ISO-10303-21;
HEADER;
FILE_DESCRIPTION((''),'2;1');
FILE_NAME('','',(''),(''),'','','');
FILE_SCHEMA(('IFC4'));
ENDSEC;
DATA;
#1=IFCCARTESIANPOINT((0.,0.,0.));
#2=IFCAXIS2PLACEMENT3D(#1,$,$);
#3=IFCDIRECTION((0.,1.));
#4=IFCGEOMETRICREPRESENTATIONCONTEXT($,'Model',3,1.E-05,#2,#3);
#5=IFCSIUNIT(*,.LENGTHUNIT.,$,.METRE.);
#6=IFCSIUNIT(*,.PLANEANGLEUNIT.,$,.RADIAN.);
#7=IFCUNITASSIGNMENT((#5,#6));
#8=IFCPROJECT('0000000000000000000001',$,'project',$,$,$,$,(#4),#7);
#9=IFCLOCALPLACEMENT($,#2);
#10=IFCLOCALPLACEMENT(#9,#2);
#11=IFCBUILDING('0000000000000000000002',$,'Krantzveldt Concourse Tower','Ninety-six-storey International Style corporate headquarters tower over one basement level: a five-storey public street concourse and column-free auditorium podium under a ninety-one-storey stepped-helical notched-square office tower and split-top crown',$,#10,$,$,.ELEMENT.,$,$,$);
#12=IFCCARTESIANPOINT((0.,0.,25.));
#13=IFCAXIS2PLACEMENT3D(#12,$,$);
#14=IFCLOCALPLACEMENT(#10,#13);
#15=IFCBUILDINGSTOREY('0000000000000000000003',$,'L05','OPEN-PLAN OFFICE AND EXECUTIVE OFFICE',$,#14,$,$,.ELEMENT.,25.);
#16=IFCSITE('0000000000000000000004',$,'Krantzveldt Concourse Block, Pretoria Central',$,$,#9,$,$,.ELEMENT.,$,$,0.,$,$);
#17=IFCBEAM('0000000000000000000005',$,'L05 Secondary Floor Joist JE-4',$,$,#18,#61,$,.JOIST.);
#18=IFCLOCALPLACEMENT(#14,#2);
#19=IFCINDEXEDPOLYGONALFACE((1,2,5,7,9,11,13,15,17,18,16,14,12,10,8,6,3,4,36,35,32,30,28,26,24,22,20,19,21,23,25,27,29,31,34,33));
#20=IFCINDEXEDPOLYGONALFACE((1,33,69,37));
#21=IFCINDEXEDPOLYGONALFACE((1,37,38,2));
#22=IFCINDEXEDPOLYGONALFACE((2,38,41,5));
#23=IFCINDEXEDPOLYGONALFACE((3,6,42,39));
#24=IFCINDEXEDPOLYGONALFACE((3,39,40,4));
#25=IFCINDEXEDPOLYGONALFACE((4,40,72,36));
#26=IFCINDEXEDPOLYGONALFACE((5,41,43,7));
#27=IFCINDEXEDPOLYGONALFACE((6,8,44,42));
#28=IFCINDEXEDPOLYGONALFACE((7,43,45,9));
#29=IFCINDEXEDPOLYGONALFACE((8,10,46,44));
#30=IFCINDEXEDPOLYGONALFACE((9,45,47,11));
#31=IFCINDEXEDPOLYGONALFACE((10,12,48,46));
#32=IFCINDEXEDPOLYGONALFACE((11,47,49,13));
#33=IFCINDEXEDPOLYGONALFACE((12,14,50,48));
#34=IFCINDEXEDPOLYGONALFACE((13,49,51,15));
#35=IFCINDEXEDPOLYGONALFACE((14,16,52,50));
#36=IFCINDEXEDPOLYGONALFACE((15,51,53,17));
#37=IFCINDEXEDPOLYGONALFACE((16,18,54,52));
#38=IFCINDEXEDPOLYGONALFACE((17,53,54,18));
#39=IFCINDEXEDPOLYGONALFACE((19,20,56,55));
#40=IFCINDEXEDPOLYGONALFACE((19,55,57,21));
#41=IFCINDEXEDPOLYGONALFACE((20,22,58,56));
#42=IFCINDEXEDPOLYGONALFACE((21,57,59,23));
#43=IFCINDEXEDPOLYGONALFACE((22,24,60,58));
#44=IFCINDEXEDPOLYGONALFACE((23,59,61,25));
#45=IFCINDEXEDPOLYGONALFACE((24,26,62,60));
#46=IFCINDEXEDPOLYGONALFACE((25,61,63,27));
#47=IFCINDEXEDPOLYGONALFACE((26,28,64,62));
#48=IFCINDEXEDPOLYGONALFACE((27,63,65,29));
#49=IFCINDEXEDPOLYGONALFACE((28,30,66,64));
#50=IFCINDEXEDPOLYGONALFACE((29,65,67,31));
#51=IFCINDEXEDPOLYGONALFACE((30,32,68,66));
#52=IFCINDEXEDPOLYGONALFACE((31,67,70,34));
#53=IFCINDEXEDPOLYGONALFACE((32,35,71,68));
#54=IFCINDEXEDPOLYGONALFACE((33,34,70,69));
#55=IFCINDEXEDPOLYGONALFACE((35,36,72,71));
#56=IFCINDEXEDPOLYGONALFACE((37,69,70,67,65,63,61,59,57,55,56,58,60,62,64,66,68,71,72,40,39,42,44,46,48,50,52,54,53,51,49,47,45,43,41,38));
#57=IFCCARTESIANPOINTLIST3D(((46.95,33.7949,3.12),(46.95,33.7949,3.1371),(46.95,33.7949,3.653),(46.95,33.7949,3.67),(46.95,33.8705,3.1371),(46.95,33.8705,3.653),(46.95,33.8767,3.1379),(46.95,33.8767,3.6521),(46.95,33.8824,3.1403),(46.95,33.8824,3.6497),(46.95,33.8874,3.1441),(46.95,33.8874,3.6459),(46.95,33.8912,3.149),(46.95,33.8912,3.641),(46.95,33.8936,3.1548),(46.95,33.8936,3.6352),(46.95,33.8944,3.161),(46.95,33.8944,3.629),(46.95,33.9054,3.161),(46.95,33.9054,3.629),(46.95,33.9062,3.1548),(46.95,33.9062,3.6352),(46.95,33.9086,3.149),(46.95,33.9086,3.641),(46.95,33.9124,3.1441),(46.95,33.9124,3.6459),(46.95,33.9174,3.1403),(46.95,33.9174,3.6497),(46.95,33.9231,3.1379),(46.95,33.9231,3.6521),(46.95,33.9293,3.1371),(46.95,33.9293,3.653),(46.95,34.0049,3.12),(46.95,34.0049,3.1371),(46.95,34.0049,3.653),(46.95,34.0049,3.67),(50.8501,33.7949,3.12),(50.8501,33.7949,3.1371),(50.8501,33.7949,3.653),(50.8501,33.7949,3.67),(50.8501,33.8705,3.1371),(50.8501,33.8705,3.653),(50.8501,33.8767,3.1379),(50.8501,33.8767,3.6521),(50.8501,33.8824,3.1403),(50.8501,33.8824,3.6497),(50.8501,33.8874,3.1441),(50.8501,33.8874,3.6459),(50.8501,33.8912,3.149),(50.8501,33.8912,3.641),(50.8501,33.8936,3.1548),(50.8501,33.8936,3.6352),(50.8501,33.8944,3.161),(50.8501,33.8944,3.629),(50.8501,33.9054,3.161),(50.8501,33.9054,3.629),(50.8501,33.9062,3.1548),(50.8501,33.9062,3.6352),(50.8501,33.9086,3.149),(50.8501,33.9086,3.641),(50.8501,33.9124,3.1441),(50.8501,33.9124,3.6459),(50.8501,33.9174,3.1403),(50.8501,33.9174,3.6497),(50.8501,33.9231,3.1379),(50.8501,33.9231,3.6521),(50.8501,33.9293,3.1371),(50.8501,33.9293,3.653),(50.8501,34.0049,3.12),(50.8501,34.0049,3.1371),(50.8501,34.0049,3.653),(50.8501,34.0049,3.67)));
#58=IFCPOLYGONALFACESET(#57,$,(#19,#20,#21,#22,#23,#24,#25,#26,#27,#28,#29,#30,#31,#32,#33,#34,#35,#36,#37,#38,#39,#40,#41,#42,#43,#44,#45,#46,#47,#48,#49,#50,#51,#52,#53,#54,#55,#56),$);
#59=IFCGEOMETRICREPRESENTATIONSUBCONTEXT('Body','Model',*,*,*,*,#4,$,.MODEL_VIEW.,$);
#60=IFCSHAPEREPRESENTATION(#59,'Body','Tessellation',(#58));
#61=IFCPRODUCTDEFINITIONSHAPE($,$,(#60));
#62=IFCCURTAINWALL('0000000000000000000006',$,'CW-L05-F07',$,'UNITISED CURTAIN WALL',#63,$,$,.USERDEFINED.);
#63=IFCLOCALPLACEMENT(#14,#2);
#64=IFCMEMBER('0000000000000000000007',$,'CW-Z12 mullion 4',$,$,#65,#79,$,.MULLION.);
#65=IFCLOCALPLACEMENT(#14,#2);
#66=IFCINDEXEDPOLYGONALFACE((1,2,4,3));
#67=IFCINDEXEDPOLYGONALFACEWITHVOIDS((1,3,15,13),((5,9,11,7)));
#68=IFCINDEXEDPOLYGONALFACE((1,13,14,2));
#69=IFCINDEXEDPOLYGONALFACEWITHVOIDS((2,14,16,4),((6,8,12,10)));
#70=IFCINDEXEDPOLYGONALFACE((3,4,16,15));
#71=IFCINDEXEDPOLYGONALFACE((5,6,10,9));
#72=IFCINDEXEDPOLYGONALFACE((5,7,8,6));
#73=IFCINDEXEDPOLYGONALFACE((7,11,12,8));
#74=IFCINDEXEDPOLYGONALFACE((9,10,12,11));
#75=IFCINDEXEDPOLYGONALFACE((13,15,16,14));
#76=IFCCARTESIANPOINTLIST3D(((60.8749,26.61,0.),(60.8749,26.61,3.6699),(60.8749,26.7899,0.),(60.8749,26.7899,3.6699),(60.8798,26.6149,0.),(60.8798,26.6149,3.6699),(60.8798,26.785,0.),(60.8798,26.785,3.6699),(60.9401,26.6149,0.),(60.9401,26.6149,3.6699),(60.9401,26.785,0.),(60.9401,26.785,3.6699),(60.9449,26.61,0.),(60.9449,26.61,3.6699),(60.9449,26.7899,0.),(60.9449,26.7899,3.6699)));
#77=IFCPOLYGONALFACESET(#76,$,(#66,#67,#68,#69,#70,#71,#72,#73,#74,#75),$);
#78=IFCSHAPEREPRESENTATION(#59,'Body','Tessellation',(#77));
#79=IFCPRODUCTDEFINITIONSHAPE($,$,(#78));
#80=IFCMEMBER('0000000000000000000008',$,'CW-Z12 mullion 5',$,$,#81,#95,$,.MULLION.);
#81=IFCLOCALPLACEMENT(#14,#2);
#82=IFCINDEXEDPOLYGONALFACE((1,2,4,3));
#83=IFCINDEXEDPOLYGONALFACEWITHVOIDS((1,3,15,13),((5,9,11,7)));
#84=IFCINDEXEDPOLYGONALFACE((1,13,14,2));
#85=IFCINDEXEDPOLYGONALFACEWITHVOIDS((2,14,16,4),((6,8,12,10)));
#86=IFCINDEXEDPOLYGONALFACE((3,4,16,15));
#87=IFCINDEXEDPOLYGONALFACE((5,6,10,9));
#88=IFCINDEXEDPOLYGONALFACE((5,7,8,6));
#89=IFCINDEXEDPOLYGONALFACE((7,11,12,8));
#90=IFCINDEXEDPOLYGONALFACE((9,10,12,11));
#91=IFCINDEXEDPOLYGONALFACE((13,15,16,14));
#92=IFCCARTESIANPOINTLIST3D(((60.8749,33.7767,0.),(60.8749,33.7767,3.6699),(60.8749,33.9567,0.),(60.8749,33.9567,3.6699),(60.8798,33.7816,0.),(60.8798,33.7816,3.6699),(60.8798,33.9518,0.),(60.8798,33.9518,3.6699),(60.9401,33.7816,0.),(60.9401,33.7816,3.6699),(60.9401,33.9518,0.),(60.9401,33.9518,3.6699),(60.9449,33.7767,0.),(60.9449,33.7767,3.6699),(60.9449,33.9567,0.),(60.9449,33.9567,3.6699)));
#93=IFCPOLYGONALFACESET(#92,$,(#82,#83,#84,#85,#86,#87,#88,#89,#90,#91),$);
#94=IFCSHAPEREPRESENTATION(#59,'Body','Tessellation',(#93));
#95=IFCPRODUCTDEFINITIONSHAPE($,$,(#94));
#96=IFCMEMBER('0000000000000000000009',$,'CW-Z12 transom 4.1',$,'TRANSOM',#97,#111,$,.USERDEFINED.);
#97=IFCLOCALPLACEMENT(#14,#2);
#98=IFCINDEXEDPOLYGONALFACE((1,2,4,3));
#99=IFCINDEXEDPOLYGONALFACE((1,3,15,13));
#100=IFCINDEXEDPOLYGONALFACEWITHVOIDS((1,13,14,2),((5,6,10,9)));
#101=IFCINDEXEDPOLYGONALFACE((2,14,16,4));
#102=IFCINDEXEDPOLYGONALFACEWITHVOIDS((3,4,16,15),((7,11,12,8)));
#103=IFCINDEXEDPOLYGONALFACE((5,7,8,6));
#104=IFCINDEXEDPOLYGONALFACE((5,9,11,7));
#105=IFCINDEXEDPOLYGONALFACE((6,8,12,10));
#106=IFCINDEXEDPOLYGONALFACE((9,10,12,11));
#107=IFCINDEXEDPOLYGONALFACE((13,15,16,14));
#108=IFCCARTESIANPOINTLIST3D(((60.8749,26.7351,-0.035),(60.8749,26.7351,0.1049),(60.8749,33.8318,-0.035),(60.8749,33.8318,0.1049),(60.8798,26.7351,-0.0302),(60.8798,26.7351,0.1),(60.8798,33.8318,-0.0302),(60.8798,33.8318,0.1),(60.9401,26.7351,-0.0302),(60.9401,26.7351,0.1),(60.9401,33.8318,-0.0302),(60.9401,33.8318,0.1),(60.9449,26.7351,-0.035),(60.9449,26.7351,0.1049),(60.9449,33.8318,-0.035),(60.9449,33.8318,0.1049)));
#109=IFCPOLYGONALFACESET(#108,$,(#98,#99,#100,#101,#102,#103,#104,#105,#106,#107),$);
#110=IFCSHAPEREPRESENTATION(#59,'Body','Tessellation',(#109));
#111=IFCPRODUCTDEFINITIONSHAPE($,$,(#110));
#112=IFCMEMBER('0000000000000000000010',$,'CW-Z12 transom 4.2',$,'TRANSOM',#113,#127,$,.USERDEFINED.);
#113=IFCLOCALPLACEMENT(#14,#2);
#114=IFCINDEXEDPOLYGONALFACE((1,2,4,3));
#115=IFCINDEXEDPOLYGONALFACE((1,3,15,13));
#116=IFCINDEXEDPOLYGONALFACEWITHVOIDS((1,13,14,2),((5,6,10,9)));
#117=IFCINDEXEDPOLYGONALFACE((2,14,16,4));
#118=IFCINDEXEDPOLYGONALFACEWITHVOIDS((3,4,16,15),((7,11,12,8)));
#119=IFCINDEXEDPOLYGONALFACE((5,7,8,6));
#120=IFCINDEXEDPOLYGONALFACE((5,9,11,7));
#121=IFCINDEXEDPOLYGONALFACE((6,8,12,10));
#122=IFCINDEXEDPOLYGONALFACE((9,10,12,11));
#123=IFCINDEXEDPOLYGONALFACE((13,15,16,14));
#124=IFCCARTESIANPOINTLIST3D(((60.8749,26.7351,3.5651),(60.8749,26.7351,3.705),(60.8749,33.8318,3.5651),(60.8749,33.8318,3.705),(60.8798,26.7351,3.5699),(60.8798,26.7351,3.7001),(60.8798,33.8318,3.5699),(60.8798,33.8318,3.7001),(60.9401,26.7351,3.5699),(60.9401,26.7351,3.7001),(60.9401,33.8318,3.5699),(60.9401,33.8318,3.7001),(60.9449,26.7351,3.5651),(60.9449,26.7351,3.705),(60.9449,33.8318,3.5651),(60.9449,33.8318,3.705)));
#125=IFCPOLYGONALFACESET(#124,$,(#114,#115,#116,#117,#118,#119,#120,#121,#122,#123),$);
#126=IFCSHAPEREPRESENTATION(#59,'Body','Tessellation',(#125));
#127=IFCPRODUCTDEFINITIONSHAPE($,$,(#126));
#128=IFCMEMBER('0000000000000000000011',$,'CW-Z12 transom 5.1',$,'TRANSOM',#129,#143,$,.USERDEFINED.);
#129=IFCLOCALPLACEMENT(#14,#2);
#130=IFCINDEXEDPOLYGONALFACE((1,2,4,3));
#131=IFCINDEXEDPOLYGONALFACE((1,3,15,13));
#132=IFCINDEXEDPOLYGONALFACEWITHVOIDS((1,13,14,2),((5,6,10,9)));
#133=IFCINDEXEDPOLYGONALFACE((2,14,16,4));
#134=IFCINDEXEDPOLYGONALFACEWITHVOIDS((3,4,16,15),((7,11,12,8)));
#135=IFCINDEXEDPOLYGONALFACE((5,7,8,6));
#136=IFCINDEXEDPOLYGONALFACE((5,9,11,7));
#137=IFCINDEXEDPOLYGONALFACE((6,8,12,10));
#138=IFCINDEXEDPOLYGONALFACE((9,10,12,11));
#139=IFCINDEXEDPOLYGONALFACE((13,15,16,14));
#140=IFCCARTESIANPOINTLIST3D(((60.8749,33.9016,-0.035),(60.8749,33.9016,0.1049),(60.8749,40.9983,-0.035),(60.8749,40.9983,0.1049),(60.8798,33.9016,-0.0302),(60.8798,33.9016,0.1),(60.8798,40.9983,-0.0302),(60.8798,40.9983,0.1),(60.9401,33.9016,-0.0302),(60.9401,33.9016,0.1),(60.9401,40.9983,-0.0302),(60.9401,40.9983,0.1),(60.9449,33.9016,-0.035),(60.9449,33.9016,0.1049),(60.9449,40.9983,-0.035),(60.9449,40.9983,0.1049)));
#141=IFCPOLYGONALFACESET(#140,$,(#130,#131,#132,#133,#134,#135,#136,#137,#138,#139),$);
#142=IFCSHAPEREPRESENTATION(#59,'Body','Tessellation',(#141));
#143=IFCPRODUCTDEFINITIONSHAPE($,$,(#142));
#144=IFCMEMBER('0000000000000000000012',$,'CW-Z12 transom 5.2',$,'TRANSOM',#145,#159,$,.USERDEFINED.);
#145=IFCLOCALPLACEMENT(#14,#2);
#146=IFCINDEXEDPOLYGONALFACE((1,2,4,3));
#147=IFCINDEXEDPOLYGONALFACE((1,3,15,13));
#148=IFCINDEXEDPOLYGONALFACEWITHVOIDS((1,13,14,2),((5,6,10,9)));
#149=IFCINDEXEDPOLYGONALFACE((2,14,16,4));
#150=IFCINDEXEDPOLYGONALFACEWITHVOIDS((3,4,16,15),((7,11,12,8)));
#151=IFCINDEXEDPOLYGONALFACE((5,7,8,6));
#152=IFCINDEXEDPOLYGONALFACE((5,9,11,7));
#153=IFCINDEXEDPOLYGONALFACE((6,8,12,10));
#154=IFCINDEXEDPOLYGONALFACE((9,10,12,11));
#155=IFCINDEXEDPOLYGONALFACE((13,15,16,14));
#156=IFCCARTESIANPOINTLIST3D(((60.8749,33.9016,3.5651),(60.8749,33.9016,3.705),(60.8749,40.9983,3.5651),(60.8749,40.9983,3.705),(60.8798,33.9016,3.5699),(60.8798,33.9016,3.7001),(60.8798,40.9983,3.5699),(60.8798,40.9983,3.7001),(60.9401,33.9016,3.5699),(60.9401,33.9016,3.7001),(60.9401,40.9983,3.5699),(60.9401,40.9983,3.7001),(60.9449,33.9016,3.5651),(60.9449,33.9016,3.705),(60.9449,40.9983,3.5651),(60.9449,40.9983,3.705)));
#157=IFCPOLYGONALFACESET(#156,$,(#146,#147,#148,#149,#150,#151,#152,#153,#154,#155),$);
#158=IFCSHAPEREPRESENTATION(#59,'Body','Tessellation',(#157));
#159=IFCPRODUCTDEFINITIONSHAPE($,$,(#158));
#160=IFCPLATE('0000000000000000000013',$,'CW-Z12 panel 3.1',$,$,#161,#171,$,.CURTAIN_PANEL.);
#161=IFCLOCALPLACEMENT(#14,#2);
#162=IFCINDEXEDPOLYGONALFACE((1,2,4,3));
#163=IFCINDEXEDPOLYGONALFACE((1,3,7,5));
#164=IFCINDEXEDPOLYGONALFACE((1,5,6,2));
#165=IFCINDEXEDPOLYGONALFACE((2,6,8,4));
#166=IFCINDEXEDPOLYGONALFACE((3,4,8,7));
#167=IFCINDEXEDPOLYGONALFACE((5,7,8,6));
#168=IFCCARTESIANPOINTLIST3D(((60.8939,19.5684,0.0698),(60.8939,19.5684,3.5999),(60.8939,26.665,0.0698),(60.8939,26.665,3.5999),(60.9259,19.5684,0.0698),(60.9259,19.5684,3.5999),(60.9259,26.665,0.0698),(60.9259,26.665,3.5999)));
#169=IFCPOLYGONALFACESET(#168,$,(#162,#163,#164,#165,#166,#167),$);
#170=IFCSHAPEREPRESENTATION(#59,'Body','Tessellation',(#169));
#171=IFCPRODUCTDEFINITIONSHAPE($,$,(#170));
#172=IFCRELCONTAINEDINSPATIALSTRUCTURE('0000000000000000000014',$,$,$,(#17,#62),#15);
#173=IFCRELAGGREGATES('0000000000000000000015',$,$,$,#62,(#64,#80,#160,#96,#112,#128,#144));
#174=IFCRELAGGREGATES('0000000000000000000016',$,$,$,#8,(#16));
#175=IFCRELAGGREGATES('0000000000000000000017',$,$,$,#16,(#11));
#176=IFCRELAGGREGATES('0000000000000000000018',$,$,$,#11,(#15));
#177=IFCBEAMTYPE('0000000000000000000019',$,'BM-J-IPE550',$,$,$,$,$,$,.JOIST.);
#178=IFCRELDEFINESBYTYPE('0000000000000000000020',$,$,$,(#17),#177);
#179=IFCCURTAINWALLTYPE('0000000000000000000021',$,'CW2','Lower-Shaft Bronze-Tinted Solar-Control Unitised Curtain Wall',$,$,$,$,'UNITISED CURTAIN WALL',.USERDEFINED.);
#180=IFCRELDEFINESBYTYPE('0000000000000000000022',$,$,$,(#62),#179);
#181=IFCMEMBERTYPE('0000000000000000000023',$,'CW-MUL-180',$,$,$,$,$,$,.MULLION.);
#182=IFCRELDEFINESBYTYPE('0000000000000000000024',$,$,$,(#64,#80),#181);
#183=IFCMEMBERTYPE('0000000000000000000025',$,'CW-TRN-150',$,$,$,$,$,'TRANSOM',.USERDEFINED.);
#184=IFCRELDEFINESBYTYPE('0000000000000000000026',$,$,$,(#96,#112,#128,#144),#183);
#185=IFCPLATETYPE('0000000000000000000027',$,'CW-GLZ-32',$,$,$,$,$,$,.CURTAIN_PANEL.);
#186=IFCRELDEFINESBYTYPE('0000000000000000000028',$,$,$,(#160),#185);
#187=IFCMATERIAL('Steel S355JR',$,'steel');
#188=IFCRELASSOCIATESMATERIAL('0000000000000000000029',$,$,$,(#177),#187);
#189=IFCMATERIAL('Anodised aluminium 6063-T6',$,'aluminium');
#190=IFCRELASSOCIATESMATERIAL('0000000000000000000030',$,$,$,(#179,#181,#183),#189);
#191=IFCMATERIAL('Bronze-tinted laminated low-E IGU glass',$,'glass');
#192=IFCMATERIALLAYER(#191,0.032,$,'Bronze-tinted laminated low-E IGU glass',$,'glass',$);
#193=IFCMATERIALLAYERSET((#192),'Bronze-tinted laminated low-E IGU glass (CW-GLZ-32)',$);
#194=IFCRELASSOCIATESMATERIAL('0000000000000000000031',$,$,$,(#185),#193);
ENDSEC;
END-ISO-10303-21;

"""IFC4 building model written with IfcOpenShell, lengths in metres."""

from ifc_helpers import new_model, si_unit, direction, frame, origin, origin_2d, place, context, subcontext, project, spatial, rectangle, hollow_rectangle, i_section, extrude, source, transform, mapped, material, layer, layer_set, material_profile, profile_set, type_object, type_shapes, element, aggregate, save


model = new_model("IFC4")

# Units and contexts
model_context = context("Model", 3, precision=1e-05, world=origin(), true_north=direction((0.0, 1.0)))
body_context = subcontext(model_context, "Body", "Model", "MODEL_VIEW")
ifc_project = project(units=[si_unit("LENGTHUNIT", "METRE"), si_unit("PLANEANGLEUNIT", "RADIAN")], contexts=[model_context])

# Site, building, storey
site_placement = place(None, origin())
site = spatial("IfcSite", under=ifc_project, at=site_placement, Name="Krantzveldt Concourse Block, Pretoria Central", CompositionType="ELEMENT", RefElevation=0.0)
building_placement = place(site_placement, origin())
building = spatial("IfcBuilding", under=site, at=building_placement, Name="Krantzveldt Concourse Tower", Description="Ninety-six-storey International Style corporate headquarters tower over one basement level: a five-storey public street concourse and column-free auditorium podium under a ninety-one-storey stepped-helical notched-square office tower and split-top crown", CompositionType="ELEMENT")
storey_placement = place(building_placement, frame((0.0, 0.0, 25.0)))
storey = spatial("IfcBuildingStorey", under=building, at=storey_placement, Name="L05", Description="OPEN-PLAN OFFICE AND EXECUTIVE OFFICE", CompositionType="ELEMENT", Elevation=25.0)

# Beam
ifc_material_1 = material(Name="Steel S355JR", Category="steel")
ifc_material_profile_1 = material_profile(ifc_material_1, i_section(OverallWidth=0.21, OverallDepth=0.55, WebThickness=0.011, FlangeThickness=0.0171, FilletRadius=0.0239, at=origin_2d()), Name="Steel S355JR", Category="steel")
ifc_profile_set_1 = profile_set([ifc_material_profile_1], Name="Steel S355JR - IPE 550")
beam_type_1 = type_object("IfcBeamType", Name="BM-J-IPE550", PredefinedType="JOIST", material=ifc_profile_set_1)
shared_shape_1 = source(origin(), body_context, "Body", "SweptSolid", [
    extrude(i_section(OverallWidth=0.21, OverallDepth=0.55, WebThickness=0.011, FlangeThickness=0.0171, FilletRadius=0.0239, at=origin_2d()), origin(), (0.0, 0.0, 1.0), 3.9001),
])
type_shapes(beam_type_1, [shared_shape_1])
for number, where, z_axis, x_axis, name in (
    (1, (46.95, 33.8999, 3.395), (1.0, 0.0, 0.0), (0.0, 1.0, 0.0), "L05 Secondary Floor Joist JE-4"),
):
    element("IfcBeam", number, at=place(storey_placement, frame(where, z_axis=z_axis, x_axis=x_axis)), inside=storey, type_object=beam_type_1, Name=name, PredefinedType="JOIST", context=body_context, shape_type="MappedRepresentation", body=[
        mapped(shared_shape_1, transform((0.0, 0.0, 0.0), x_axis=(1.0, 0.0, 0.0), y_axis=(0.0, 1.0, 0.0), z_axis=(0.0, 0.0, 1.0), scale=1.0)),
    ])

# Curtain wall, members, plate
ifc_material_2 = material(Name="Anodised aluminium 6063-T6", Category="aluminium")
curtain_wall_type = type_object("IfcCurtainWallType", Name="CW2", Description="Lower-Shaft Bronze-Tinted Solar-Control Unitised Curtain Wall", ElementType="UNITISED CURTAIN WALL", PredefinedType="USERDEFINED", material=ifc_material_2)
curtain_wall_placement = place(storey_placement, origin())
curtain_wall = element("IfcCurtainWall", 2, at=curtain_wall_placement, inside=storey, type_object=curtain_wall_type, Name="CW-L05-F07", ObjectType="UNITISED CURTAIN WALL", PredefinedType="USERDEFINED")
ifc_material_profile_2 = material_profile(ifc_material_2, hollow_rectangle(XDim=0.0701, YDim=0.1799, WallThickness=0.0049, at=origin_2d()), Name="Anodised aluminium 6063-T6", Category="aluminium")
ifc_profile_set_2 = profile_set([ifc_material_profile_2], Name="Anodised aluminium 6063-T6 - ALU-MULL 180x70x5")
member_type_1 = type_object("IfcMemberType", Name="CW-MUL-180", PredefinedType="MULLION", material=ifc_profile_set_2)
shared_shape_2 = source(origin(), body_context, "Body", "SweptSolid", [
    extrude(hollow_rectangle(XDim=0.0701, YDim=0.1799, WallThickness=0.0049, at=origin_2d()), origin(), (0.0, 0.0, 1.0), 3.6699),
])
type_shapes(member_type_1, [shared_shape_2])
member_1_placement = place(storey_placement, frame((60.9099, 26.7, 0.0), z_axis=(0.0, 0.0, 1.0), x_axis=(-1.0, 0.0, 0.0)))
member_1 = element("IfcMember", 3, at=member_1_placement, type_object=member_type_1, Name="CW-Z12 mullion 4", PredefinedType="MULLION", context=body_context, shape_type="MappedRepresentation", body=[
    mapped(shared_shape_2, transform((0.0, 0.0, 0.0), x_axis=(1.0, 0.0, 0.0), y_axis=(0.0, 1.0, 0.0), z_axis=(0.0, 0.0, 1.0), scale=1.0)),
])
member_2_placement = place(storey_placement, frame((60.9099, 33.8667, 0.0), z_axis=(0.0, 0.0, 1.0), x_axis=(-1.0, 0.0, 0.0)))
member_2 = element("IfcMember", 4, at=member_2_placement, type_object=member_type_1, Name="CW-Z12 mullion 5", PredefinedType="MULLION", context=body_context, shape_type="MappedRepresentation", body=[
    mapped(shared_shape_2, transform((0.0, 0.0, 0.0), x_axis=(1.0, 0.0, 0.0), y_axis=(0.0, 1.0, 0.0), z_axis=(0.0, 0.0, 1.0), scale=1.0)),
])
ifc_material_profile_3 = material_profile(ifc_material_2, hollow_rectangle(XDim=0.0701, YDim=0.1399, WallThickness=0.0049, at=origin_2d()), Name="Anodised aluminium 6063-T6", Category="aluminium")
ifc_profile_set_3 = profile_set([ifc_material_profile_3], Name="Anodised aluminium 6063-T6 - ALU-TRAN 140x70x5")
member_type_2 = type_object("IfcMemberType", Name="CW-TRN-150", ElementType="TRANSOM", PredefinedType="USERDEFINED", material=ifc_profile_set_3)
shared_shape_3 = source(origin(), body_context, "Body", "SweptSolid", [
    extrude(hollow_rectangle(XDim=0.0701, YDim=0.1399, WallThickness=0.0049, at=origin_2d()), origin(), (0.0, 0.0, 1.0), 7.0967),
])
type_shapes(member_type_2, [shared_shape_3])
member_3_placement = place(storey_placement, frame((60.9099, 26.7351, 0.0349), z_axis=(0.0, 1.0, 0.0), x_axis=(-1.0, 0.0, 0.0)))
member_3 = element("IfcMember", 5, at=member_3_placement, type_object=member_type_2, Name="CW-Z12 transom 4.1", ObjectType="TRANSOM", PredefinedType="USERDEFINED", context=body_context, shape_type="MappedRepresentation", body=[
    mapped(shared_shape_3, transform((0.0, 0.0, 0.0), x_axis=(1.0, 0.0, 0.0), y_axis=(0.0, 1.0, 0.0), z_axis=(0.0, 0.0, 1.0), scale=1.0)),
])
member_4_placement = place(storey_placement, frame((60.9099, 26.7351, 3.635), z_axis=(0.0, 1.0, 0.0), x_axis=(-1.0, 0.0, 0.0)))
member_4 = element("IfcMember", 6, at=member_4_placement, type_object=member_type_2, Name="CW-Z12 transom 4.2", ObjectType="TRANSOM", PredefinedType="USERDEFINED", context=body_context, shape_type="MappedRepresentation", body=[
    mapped(shared_shape_3, transform((0.0, 0.0, 0.0), x_axis=(1.0, 0.0, 0.0), y_axis=(0.0, 1.0, 0.0), z_axis=(0.0, 0.0, 1.0), scale=1.0)),
])
member_5_placement = place(storey_placement, frame((60.9099, 33.9016, 0.0349), z_axis=(0.0, 1.0, 0.0), x_axis=(-1.0, 0.0, 0.0)))
member_5 = element("IfcMember", 7, at=member_5_placement, type_object=member_type_2, Name="CW-Z12 transom 5.1", ObjectType="TRANSOM", PredefinedType="USERDEFINED", context=body_context, shape_type="MappedRepresentation", body=[
    mapped(shared_shape_3, transform((0.0, 0.0, 0.0), x_axis=(1.0, 0.0, 0.0), y_axis=(0.0, 1.0, 0.0), z_axis=(0.0, 0.0, 1.0), scale=1.0)),
])
member_6_placement = place(storey_placement, frame((60.9099, 33.9016, 3.635), z_axis=(0.0, 1.0, 0.0), x_axis=(-1.0, 0.0, 0.0)))
member_6 = element("IfcMember", 8, at=member_6_placement, type_object=member_type_2, Name="CW-Z12 transom 5.2", ObjectType="TRANSOM", PredefinedType="USERDEFINED", context=body_context, shape_type="MappedRepresentation", body=[
    mapped(shared_shape_3, transform((0.0, 0.0, 0.0), x_axis=(1.0, 0.0, 0.0), y_axis=(0.0, 1.0, 0.0), z_axis=(0.0, 0.0, 1.0), scale=1.0)),
])
ifc_material_3 = material(Name="Bronze-tinted laminated low-E IGU glass", Category="glass")
ifc_layer_1 = layer(ifc_material_3, 0.032, Name="Bronze-tinted laminated low-E IGU glass", Category="glass")
ifc_layer_set_1 = layer_set([ifc_layer_1], Name="Bronze-tinted laminated low-E IGU glass (CW-GLZ-32)")
plate_type = type_object("IfcPlateType", Name="CW-GLZ-32", PredefinedType="CURTAIN_PANEL", material=ifc_layer_set_1)
shared_shape_4 = source(origin(), body_context, "Body", "SweptSolid", [
    extrude(rectangle(XDim=7.0967, YDim=0.032, at=origin_2d()), origin(), (0.0, 0.0, 1.0), 3.53),
])
type_shapes(plate_type, [shared_shape_4])
plate_1_placement = place(storey_placement, frame((60.9099, 23.1167, 0.0698), z_axis=(0.0, 0.0, 1.0), x_axis=(0.0, 1.0, 0.0)))
plate_1 = element("IfcPlate", 9, at=plate_1_placement, type_object=plate_type, Name="CW-Z12 panel 3.1", PredefinedType="CURTAIN_PANEL", context=body_context, shape_type="MappedRepresentation", body=[
    mapped(shared_shape_4, transform((0.0, 0.0, 0.0), x_axis=(1.0, 0.0, 0.0), y_axis=(0.0, 1.0, 0.0), z_axis=(0.0, 0.0, 1.0), scale=1.0)),
])
aggregate(curtain_wall, [member_1, member_2, plate_1, member_3, member_4, member_5, member_6])

save(model, "model.ifc")
